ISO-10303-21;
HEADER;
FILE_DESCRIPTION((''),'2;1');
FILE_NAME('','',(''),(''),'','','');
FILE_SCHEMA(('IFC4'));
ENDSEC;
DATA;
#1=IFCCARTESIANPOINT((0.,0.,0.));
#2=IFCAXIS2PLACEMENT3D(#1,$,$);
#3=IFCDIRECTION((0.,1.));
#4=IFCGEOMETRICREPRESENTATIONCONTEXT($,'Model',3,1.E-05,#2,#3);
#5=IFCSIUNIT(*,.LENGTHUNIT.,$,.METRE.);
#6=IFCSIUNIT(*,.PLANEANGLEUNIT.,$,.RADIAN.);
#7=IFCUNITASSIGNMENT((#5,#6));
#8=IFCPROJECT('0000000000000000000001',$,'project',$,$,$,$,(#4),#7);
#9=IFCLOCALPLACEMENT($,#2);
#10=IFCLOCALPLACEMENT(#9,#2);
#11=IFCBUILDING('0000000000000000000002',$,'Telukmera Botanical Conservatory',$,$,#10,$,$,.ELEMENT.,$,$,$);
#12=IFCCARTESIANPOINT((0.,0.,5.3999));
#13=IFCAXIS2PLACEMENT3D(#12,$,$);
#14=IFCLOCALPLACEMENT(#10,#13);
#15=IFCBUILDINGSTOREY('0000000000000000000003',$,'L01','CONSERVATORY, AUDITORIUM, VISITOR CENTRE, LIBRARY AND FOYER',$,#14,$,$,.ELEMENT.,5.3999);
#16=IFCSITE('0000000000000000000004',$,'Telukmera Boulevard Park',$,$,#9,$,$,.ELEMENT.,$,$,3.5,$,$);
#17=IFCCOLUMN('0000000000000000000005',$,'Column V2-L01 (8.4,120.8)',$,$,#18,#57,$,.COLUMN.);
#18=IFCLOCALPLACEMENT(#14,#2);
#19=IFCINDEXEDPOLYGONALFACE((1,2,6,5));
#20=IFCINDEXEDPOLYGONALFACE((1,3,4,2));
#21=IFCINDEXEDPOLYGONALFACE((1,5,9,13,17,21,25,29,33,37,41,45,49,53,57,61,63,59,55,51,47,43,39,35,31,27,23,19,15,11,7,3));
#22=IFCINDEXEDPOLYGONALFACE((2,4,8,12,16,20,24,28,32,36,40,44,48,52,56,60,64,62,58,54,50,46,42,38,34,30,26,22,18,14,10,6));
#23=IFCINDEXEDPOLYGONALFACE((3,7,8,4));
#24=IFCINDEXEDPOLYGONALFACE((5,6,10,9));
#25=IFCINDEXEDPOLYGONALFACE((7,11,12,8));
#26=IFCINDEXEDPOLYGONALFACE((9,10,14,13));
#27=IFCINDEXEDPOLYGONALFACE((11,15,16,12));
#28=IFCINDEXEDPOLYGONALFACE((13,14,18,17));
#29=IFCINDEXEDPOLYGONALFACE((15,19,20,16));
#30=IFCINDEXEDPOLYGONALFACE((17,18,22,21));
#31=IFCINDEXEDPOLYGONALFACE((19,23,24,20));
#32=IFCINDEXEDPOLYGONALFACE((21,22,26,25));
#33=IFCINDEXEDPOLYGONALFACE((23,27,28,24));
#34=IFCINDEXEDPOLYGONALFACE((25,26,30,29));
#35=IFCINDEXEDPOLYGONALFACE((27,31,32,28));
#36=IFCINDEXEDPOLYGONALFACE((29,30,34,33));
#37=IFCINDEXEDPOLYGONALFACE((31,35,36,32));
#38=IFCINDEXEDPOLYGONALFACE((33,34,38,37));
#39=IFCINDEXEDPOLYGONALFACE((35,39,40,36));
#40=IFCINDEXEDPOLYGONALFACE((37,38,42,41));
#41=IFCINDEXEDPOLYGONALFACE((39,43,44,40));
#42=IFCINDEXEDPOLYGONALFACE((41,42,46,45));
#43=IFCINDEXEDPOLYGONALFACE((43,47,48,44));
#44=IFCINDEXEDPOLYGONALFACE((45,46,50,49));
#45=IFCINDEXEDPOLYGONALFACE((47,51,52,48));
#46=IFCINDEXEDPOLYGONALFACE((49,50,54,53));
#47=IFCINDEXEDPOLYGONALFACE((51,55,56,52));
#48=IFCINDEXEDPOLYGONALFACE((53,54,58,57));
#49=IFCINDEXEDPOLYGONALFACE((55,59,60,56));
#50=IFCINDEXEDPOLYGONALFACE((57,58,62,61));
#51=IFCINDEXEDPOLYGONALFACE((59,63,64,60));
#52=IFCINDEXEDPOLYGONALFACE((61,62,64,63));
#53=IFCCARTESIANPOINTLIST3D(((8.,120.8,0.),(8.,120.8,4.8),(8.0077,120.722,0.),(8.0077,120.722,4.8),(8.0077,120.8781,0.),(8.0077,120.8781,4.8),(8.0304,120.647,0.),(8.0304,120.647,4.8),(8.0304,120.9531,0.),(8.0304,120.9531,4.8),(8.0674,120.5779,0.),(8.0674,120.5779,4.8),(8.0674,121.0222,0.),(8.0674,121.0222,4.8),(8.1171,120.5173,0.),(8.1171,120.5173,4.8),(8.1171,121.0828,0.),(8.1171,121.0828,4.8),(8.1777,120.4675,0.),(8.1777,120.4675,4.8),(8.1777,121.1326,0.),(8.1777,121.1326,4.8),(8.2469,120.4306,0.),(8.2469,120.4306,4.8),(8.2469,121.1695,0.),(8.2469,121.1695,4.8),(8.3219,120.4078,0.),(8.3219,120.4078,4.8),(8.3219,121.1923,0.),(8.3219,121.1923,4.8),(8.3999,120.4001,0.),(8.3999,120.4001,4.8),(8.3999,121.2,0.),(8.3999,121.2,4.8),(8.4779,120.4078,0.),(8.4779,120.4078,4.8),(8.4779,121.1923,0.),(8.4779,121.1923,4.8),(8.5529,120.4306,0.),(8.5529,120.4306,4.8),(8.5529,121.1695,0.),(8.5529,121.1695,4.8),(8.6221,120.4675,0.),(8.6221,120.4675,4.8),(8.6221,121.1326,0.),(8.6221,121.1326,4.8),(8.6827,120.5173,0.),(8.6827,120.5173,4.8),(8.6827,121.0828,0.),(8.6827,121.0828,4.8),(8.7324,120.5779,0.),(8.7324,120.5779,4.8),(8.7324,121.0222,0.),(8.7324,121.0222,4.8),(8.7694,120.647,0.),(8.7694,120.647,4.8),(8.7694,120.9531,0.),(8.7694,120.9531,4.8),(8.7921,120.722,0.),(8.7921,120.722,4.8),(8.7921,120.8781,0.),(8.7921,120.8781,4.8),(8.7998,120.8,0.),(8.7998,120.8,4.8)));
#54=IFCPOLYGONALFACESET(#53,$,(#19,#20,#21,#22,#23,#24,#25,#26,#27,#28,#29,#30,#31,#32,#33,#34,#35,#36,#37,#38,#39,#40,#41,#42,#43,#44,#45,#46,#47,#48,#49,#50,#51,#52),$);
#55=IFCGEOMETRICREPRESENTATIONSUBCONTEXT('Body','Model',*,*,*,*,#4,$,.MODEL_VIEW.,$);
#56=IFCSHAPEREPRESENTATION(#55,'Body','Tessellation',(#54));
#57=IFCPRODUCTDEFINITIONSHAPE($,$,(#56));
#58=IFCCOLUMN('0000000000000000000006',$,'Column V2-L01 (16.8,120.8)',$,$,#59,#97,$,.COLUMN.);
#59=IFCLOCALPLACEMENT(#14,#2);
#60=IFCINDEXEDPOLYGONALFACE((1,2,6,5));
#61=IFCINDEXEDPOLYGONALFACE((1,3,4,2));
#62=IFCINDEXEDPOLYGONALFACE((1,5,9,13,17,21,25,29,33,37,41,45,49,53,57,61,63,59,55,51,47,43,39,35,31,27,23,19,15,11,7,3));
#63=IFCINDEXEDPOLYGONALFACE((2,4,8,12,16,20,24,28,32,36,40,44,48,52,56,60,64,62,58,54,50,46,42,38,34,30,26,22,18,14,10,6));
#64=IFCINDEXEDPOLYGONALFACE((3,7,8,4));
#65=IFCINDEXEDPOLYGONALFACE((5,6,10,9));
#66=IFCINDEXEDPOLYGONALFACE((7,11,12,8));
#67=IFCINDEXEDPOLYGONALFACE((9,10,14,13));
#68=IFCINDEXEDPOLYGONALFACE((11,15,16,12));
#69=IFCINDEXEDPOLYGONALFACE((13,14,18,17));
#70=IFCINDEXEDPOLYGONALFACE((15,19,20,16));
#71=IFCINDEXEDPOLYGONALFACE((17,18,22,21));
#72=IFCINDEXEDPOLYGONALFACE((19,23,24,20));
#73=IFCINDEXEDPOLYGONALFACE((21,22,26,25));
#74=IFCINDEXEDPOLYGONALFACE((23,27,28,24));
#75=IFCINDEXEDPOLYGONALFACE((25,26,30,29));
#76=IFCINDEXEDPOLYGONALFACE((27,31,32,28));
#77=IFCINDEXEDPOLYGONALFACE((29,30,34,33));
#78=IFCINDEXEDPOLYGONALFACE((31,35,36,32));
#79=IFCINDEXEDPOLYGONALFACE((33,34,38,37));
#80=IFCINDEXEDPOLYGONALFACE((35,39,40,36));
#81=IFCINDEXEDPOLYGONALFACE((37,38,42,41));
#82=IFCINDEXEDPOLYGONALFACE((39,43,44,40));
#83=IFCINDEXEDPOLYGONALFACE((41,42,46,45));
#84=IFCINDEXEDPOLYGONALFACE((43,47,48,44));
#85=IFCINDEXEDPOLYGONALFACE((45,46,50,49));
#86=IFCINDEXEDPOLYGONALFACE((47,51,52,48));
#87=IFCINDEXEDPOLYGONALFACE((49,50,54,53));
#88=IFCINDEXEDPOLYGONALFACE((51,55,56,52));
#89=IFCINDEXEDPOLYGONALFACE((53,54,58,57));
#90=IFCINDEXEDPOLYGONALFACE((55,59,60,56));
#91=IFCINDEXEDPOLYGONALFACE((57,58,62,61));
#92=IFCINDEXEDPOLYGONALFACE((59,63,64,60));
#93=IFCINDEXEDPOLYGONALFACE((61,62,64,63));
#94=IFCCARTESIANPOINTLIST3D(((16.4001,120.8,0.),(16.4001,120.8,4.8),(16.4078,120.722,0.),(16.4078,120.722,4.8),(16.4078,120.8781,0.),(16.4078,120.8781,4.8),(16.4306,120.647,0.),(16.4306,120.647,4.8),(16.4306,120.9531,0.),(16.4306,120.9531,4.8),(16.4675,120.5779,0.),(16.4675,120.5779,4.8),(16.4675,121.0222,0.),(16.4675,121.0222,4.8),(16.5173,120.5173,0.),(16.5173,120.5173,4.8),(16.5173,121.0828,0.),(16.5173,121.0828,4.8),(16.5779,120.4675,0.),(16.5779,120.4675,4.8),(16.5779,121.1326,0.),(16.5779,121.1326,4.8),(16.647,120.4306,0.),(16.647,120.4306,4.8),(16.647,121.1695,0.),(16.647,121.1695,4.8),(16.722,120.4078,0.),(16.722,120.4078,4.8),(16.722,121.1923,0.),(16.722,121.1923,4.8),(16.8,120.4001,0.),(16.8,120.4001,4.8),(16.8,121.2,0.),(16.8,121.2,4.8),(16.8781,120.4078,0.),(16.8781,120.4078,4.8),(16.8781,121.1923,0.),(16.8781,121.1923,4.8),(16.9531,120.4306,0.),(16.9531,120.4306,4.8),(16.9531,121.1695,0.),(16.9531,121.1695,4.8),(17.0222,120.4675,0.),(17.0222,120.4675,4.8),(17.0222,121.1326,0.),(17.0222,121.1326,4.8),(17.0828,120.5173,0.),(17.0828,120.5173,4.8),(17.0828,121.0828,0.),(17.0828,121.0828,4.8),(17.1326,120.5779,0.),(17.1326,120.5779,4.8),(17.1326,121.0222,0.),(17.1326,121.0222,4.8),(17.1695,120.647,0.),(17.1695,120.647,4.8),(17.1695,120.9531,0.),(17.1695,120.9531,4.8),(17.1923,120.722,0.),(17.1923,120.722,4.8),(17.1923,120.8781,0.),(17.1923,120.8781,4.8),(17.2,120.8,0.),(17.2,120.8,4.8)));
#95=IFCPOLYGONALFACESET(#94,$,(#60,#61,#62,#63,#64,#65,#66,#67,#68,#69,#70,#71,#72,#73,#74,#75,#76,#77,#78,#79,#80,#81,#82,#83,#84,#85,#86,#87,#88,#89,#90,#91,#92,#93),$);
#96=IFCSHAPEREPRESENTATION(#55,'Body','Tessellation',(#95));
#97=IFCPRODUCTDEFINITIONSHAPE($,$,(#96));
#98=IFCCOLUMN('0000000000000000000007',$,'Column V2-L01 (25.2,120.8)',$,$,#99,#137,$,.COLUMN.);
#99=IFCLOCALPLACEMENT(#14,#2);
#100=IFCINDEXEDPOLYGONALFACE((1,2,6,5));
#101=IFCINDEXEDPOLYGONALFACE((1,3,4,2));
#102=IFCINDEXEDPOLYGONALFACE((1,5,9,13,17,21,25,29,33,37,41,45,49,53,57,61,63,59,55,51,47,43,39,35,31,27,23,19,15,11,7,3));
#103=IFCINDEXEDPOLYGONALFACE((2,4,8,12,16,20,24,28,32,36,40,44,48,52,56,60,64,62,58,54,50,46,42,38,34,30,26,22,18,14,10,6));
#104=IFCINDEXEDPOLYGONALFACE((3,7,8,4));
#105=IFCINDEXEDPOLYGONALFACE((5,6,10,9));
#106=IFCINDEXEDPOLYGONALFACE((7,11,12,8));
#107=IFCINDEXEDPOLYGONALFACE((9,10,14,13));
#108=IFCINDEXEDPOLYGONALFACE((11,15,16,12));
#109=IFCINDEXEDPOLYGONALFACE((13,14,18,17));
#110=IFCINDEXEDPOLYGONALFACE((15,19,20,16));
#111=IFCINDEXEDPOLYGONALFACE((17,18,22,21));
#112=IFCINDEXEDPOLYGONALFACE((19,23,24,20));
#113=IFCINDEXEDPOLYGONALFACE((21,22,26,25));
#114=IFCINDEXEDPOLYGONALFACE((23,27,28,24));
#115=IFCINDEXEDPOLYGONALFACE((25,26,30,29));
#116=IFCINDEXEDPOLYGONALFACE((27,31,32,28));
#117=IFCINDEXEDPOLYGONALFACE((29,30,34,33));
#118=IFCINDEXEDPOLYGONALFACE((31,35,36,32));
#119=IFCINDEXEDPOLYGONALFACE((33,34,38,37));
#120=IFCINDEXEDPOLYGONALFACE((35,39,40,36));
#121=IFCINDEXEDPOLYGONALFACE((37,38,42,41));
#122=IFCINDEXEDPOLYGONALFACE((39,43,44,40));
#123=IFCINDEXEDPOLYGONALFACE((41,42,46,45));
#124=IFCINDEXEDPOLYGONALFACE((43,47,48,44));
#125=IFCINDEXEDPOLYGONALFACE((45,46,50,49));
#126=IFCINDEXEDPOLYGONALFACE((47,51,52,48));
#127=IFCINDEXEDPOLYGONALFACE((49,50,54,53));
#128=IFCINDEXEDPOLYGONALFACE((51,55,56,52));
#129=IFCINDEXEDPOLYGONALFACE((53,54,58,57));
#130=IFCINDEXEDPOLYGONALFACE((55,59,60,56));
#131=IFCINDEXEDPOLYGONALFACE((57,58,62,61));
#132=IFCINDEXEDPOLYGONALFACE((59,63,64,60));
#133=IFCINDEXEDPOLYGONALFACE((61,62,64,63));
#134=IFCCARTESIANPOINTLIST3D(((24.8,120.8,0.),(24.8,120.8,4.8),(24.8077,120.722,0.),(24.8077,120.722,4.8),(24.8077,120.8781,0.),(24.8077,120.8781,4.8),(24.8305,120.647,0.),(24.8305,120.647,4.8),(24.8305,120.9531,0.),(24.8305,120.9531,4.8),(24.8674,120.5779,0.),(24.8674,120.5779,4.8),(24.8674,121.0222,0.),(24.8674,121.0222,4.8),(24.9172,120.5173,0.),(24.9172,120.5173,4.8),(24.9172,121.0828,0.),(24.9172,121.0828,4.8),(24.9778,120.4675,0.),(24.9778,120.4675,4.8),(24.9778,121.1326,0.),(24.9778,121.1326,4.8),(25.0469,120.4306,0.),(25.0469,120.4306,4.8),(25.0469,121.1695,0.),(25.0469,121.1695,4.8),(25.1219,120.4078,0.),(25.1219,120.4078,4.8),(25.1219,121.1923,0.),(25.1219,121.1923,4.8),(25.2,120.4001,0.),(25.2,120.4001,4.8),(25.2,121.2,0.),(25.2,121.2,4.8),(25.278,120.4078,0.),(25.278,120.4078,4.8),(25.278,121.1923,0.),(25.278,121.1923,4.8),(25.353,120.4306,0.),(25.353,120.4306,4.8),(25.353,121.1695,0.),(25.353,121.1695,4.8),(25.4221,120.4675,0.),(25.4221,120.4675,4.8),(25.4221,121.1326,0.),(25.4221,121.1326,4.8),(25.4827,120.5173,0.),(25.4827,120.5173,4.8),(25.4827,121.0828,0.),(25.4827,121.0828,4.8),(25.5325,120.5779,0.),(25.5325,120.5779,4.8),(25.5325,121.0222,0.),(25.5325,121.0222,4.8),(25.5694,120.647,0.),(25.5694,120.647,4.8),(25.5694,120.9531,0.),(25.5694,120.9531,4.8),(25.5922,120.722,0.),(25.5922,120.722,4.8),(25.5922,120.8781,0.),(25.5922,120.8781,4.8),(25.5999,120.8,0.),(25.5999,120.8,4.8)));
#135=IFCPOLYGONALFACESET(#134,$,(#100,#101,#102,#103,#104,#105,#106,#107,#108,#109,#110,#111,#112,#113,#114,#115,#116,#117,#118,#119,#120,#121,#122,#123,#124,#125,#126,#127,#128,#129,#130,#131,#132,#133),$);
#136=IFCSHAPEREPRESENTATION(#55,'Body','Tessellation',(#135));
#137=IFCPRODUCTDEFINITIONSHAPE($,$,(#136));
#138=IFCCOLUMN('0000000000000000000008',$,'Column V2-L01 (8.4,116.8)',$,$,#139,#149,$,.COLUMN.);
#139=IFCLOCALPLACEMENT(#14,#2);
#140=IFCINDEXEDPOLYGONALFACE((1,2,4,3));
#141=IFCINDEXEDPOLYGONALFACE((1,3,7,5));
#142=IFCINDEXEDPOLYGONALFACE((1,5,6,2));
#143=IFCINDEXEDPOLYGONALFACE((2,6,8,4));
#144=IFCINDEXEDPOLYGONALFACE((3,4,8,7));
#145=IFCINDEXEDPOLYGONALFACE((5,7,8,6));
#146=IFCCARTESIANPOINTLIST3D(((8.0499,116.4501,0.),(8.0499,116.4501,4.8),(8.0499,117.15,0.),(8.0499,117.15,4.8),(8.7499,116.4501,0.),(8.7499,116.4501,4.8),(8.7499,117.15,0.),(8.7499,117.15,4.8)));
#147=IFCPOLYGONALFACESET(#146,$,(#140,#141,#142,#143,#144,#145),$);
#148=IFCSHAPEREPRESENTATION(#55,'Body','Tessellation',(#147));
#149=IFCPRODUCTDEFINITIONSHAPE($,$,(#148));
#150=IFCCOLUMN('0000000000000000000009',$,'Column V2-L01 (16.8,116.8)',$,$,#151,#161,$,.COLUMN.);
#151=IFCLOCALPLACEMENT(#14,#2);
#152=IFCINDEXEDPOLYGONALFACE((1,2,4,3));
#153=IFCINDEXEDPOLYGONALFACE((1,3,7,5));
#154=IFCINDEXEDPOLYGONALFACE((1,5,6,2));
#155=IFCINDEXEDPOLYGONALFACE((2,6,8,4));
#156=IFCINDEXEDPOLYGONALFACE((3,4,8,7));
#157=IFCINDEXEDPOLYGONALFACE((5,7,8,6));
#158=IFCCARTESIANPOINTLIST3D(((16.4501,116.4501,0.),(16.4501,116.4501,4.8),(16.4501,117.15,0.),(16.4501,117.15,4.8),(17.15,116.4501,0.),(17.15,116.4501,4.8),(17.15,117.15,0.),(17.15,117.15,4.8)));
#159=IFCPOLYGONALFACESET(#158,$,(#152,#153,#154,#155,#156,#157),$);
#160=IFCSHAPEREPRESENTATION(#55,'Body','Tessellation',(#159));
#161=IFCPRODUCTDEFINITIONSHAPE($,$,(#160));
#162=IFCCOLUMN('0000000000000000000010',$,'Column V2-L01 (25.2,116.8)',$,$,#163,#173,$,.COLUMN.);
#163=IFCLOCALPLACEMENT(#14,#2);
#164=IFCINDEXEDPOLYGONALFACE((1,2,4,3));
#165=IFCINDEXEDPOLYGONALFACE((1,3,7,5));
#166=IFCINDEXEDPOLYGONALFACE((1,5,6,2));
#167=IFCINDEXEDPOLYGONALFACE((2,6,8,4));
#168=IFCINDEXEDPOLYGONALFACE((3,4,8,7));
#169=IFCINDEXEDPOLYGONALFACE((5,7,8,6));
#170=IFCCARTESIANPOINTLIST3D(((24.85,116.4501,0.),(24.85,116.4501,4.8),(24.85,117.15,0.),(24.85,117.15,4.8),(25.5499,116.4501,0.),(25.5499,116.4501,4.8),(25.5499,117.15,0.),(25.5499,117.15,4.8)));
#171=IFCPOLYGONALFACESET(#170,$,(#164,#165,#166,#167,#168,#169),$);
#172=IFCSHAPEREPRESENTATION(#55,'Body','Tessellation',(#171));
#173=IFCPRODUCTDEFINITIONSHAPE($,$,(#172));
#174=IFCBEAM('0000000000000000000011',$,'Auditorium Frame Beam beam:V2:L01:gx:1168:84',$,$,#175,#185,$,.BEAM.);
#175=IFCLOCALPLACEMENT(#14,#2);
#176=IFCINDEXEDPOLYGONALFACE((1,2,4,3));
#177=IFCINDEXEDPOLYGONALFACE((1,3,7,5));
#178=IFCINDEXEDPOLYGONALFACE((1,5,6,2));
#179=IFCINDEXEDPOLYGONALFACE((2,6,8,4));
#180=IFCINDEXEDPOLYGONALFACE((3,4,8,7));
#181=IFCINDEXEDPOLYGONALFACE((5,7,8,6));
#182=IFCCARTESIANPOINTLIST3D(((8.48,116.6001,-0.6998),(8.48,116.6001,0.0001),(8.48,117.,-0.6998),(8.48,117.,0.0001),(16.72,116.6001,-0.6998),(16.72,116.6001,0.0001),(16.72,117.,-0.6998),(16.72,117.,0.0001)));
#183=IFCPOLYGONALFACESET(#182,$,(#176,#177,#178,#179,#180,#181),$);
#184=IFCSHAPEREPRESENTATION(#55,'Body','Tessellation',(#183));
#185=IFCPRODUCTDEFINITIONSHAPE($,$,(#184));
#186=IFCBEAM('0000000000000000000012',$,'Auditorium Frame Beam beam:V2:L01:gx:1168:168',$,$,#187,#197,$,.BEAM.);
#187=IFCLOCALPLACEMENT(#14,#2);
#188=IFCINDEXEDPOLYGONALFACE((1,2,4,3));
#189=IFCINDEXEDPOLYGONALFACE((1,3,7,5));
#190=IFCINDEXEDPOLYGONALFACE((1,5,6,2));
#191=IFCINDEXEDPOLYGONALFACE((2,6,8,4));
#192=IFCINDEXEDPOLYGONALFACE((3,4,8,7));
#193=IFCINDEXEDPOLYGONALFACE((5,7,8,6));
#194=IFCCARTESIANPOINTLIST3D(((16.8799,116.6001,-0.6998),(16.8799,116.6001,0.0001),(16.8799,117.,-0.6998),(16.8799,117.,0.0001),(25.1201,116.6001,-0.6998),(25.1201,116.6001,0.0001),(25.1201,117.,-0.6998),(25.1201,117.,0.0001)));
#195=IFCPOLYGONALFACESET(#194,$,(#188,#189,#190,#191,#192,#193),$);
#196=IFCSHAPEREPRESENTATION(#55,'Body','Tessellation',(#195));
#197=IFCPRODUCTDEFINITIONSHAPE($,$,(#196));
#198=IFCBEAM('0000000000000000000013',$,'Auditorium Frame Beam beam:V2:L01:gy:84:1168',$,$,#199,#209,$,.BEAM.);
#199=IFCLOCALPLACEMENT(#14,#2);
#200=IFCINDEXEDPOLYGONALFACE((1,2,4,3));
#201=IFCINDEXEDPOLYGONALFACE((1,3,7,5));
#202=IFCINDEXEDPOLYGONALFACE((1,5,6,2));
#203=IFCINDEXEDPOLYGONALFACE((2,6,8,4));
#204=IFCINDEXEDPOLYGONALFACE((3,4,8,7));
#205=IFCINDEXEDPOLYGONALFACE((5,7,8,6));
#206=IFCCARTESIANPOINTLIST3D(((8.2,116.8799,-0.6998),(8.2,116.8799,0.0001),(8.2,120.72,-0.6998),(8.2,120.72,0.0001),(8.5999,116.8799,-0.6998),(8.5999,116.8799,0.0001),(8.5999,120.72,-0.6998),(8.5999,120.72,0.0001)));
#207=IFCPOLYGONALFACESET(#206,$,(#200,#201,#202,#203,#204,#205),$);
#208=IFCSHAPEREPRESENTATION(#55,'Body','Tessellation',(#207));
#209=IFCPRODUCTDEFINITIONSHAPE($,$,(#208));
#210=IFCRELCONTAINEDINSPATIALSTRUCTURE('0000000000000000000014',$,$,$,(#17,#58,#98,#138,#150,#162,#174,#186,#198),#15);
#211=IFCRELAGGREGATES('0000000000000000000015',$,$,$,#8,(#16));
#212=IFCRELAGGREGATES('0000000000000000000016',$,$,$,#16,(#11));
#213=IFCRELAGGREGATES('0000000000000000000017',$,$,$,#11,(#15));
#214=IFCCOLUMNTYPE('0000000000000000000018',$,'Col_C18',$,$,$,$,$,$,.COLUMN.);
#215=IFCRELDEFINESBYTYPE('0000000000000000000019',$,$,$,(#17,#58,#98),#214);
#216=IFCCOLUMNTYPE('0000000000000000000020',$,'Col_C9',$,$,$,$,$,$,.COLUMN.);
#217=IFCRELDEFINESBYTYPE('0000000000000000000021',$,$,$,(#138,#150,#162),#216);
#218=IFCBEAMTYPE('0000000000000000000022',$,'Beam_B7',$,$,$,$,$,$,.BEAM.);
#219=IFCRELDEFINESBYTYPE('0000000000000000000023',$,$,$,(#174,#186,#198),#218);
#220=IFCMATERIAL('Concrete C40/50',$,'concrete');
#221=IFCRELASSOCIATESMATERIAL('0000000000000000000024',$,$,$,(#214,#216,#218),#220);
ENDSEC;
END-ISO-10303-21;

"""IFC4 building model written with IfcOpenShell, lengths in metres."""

from ifc_helpers import new_model, si_unit, direction, frame, origin, origin_2d, place, context, subcontext, project, spatial, rectangle, circle, extrude, material, material_profile, profile_set, type_object, element, save


model = new_model("IFC4")

# Units and contexts
model_context = context("Model", 3, precision=1e-05, world=origin(), true_north=direction((0.0, 1.0)))
body_context = subcontext(model_context, "Body", "Model", "MODEL_VIEW")
ifc_project = project(units=[si_unit("LENGTHUNIT", "METRE"), si_unit("PLANEANGLEUNIT", "RADIAN")], contexts=[model_context])

# Site, building, storey
site_placement = place(None, origin())
site = spatial("IfcSite", under=ifc_project, at=site_placement, Name="Telukmera Boulevard Park", CompositionType="ELEMENT", RefElevation=3.5)
building_placement = place(site_placement, origin())
building = spatial("IfcBuilding", under=site, at=building_placement, Name="Telukmera Botanical Conservatory", CompositionType="ELEMENT")
storey_placement = place(building_placement, frame((0.0, 0.0, 5.3999)))
storey = spatial("IfcBuildingStorey", under=building, at=storey_placement, Name="L01", Description="CONSERVATORY, AUDITORIUM, VISITOR CENTRE, LIBRARY AND FOYER", CompositionType="ELEMENT", Elevation=5.3999)

# Columns
ifc_material_1 = material(Name="Concrete C40/50", Category="concrete")
ifc_material_profile_1 = material_profile(ifc_material_1, circle(Radius=0.3999, at=origin_2d()), Name="RC D800")
ifc_profile_set_1 = profile_set([ifc_material_profile_1], Name="Concrete C40/50")
column_type_1 = type_object("IfcColumnType", Name="Col_C18", PredefinedType="COLUMN", material=ifc_profile_set_1)
for number, where, z_axis, x_axis, name in (
    (1, (8.3999, 120.8, 0.0), (0.0, 0.0, 1.0), (1.0, 0.0, 0.0), "Column V2-L01 (8.4,120.8)"),
    (2, (16.8, 120.8, 0.0), (0.0, 0.0, 1.0), (1.0, 0.0, 0.0), "Column V2-L01 (16.8,120.8)"),
    (3, (25.2, 120.8, 0.0), (0.0, 0.0, 1.0), (1.0, 0.0, 0.0), "Column V2-L01 (25.2,120.8)"),
):
    element("IfcColumn", number, at=place(storey_placement, frame(where, z_axis=z_axis, x_axis=x_axis)), inside=storey, type_object=column_type_1, Name=name, PredefinedType="COLUMN", context=body_context, shape_type="SweptSolid", body=[
        extrude(circle(Radius=0.3999, at=origin_2d()), origin(), (0.0, 0.0, 1.0), 4.8),
    ])
ifc_material_profile_2 = material_profile(ifc_material_1, rectangle(XDim=0.7, YDim=0.7, at=origin_2d()), Name="RC 700x700")
ifc_profile_set_2 = profile_set([ifc_material_profile_2], Name="Concrete C40/50")
column_type_2 = type_object("IfcColumnType", Name="Col_C9", PredefinedType="COLUMN", material=ifc_profile_set_2)
for number, where, z_axis, x_axis, name in (
    (4, (8.3999, 116.8, 0.0), (0.0, 0.0, 1.0), (1.0, 0.0, 0.0), "Column V2-L01 (8.4,116.8)"),
    (5, (16.8, 116.8, 0.0), (0.0, 0.0, 1.0), (1.0, 0.0, 0.0), "Column V2-L01 (16.8,116.8)"),
    (6, (25.2, 116.8, 0.0), (0.0, 0.0, 1.0), (1.0, 0.0, 0.0), "Column V2-L01 (25.2,116.8)"),
):
    element("IfcColumn", number, at=place(storey_placement, frame(where, z_axis=z_axis, x_axis=x_axis)), inside=storey, type_object=column_type_2, Name=name, PredefinedType="COLUMN", context=body_context, shape_type="SweptSolid", body=[
        extrude(rectangle(XDim=0.7, YDim=0.7, at=origin_2d()), origin(), (0.0, 0.0, 1.0), 4.8),
    ])

# Beams
ifc_material_profile_3 = material_profile(ifc_material_1, rectangle(XDim=0.3999, YDim=0.7, at=origin_2d()), Name="RC 400x700")
ifc_profile_set_3 = profile_set([ifc_material_profile_3], Name="Concrete C40/50")
beam_type_1 = type_object("IfcBeamType", Name="Beam_B7", PredefinedType="BEAM", material=ifc_profile_set_3)
beam_1_placement = place(storey_placement, frame((8.48, 116.8, -0.3499), z_axis=(1.0, 0.0, 0.0), x_axis=(0.0, 1.0, 0.0)))
element("IfcBeam", 7, at=beam_1_placement, inside=storey, type_object=beam_type_1, Name="Auditorium Frame Beam beam:V2:L01:gx:1168:84", PredefinedType="BEAM", context=body_context, shape_type="SweptSolid", body=[
    extrude(rectangle(XDim=0.3999, YDim=0.7, at=origin_2d()), origin(), (0.0, 0.0, 1.0), 8.24),
])
beam_2_placement = place(storey_placement, frame((16.8799, 116.8, -0.3499), z_axis=(1.0, 0.0, 0.0), x_axis=(0.0, 1.0, 0.0)))
element("IfcBeam", 8, at=beam_2_placement, inside=storey, type_object=beam_type_1, Name="Auditorium Frame Beam beam:V2:L01:gx:1168:168", PredefinedType="BEAM", context=body_context, shape_type="SweptSolid", body=[
    extrude(rectangle(XDim=0.3999, YDim=0.7, at=origin_2d()), origin(), (0.0, 0.0, 1.0), 8.2402),
])
beam_3_placement = place(storey_placement, frame((8.3999, 116.8799, -0.3499), z_axis=(0.0, 1.0, 0.0), x_axis=(-1.0, 0.0, 0.0)))
element("IfcBeam", 9, at=beam_3_placement, inside=storey, type_object=beam_type_1, Name="Auditorium Frame Beam beam:V2:L01:gy:84:1168", PredefinedType="BEAM", context=body_context, shape_type="SweptSolid", body=[
    extrude(rectangle(XDim=0.3999, YDim=0.7, at=origin_2d()), origin(), (0.0, 0.0, 1.0), 3.8401),
])

save(model, "model.ifc")
